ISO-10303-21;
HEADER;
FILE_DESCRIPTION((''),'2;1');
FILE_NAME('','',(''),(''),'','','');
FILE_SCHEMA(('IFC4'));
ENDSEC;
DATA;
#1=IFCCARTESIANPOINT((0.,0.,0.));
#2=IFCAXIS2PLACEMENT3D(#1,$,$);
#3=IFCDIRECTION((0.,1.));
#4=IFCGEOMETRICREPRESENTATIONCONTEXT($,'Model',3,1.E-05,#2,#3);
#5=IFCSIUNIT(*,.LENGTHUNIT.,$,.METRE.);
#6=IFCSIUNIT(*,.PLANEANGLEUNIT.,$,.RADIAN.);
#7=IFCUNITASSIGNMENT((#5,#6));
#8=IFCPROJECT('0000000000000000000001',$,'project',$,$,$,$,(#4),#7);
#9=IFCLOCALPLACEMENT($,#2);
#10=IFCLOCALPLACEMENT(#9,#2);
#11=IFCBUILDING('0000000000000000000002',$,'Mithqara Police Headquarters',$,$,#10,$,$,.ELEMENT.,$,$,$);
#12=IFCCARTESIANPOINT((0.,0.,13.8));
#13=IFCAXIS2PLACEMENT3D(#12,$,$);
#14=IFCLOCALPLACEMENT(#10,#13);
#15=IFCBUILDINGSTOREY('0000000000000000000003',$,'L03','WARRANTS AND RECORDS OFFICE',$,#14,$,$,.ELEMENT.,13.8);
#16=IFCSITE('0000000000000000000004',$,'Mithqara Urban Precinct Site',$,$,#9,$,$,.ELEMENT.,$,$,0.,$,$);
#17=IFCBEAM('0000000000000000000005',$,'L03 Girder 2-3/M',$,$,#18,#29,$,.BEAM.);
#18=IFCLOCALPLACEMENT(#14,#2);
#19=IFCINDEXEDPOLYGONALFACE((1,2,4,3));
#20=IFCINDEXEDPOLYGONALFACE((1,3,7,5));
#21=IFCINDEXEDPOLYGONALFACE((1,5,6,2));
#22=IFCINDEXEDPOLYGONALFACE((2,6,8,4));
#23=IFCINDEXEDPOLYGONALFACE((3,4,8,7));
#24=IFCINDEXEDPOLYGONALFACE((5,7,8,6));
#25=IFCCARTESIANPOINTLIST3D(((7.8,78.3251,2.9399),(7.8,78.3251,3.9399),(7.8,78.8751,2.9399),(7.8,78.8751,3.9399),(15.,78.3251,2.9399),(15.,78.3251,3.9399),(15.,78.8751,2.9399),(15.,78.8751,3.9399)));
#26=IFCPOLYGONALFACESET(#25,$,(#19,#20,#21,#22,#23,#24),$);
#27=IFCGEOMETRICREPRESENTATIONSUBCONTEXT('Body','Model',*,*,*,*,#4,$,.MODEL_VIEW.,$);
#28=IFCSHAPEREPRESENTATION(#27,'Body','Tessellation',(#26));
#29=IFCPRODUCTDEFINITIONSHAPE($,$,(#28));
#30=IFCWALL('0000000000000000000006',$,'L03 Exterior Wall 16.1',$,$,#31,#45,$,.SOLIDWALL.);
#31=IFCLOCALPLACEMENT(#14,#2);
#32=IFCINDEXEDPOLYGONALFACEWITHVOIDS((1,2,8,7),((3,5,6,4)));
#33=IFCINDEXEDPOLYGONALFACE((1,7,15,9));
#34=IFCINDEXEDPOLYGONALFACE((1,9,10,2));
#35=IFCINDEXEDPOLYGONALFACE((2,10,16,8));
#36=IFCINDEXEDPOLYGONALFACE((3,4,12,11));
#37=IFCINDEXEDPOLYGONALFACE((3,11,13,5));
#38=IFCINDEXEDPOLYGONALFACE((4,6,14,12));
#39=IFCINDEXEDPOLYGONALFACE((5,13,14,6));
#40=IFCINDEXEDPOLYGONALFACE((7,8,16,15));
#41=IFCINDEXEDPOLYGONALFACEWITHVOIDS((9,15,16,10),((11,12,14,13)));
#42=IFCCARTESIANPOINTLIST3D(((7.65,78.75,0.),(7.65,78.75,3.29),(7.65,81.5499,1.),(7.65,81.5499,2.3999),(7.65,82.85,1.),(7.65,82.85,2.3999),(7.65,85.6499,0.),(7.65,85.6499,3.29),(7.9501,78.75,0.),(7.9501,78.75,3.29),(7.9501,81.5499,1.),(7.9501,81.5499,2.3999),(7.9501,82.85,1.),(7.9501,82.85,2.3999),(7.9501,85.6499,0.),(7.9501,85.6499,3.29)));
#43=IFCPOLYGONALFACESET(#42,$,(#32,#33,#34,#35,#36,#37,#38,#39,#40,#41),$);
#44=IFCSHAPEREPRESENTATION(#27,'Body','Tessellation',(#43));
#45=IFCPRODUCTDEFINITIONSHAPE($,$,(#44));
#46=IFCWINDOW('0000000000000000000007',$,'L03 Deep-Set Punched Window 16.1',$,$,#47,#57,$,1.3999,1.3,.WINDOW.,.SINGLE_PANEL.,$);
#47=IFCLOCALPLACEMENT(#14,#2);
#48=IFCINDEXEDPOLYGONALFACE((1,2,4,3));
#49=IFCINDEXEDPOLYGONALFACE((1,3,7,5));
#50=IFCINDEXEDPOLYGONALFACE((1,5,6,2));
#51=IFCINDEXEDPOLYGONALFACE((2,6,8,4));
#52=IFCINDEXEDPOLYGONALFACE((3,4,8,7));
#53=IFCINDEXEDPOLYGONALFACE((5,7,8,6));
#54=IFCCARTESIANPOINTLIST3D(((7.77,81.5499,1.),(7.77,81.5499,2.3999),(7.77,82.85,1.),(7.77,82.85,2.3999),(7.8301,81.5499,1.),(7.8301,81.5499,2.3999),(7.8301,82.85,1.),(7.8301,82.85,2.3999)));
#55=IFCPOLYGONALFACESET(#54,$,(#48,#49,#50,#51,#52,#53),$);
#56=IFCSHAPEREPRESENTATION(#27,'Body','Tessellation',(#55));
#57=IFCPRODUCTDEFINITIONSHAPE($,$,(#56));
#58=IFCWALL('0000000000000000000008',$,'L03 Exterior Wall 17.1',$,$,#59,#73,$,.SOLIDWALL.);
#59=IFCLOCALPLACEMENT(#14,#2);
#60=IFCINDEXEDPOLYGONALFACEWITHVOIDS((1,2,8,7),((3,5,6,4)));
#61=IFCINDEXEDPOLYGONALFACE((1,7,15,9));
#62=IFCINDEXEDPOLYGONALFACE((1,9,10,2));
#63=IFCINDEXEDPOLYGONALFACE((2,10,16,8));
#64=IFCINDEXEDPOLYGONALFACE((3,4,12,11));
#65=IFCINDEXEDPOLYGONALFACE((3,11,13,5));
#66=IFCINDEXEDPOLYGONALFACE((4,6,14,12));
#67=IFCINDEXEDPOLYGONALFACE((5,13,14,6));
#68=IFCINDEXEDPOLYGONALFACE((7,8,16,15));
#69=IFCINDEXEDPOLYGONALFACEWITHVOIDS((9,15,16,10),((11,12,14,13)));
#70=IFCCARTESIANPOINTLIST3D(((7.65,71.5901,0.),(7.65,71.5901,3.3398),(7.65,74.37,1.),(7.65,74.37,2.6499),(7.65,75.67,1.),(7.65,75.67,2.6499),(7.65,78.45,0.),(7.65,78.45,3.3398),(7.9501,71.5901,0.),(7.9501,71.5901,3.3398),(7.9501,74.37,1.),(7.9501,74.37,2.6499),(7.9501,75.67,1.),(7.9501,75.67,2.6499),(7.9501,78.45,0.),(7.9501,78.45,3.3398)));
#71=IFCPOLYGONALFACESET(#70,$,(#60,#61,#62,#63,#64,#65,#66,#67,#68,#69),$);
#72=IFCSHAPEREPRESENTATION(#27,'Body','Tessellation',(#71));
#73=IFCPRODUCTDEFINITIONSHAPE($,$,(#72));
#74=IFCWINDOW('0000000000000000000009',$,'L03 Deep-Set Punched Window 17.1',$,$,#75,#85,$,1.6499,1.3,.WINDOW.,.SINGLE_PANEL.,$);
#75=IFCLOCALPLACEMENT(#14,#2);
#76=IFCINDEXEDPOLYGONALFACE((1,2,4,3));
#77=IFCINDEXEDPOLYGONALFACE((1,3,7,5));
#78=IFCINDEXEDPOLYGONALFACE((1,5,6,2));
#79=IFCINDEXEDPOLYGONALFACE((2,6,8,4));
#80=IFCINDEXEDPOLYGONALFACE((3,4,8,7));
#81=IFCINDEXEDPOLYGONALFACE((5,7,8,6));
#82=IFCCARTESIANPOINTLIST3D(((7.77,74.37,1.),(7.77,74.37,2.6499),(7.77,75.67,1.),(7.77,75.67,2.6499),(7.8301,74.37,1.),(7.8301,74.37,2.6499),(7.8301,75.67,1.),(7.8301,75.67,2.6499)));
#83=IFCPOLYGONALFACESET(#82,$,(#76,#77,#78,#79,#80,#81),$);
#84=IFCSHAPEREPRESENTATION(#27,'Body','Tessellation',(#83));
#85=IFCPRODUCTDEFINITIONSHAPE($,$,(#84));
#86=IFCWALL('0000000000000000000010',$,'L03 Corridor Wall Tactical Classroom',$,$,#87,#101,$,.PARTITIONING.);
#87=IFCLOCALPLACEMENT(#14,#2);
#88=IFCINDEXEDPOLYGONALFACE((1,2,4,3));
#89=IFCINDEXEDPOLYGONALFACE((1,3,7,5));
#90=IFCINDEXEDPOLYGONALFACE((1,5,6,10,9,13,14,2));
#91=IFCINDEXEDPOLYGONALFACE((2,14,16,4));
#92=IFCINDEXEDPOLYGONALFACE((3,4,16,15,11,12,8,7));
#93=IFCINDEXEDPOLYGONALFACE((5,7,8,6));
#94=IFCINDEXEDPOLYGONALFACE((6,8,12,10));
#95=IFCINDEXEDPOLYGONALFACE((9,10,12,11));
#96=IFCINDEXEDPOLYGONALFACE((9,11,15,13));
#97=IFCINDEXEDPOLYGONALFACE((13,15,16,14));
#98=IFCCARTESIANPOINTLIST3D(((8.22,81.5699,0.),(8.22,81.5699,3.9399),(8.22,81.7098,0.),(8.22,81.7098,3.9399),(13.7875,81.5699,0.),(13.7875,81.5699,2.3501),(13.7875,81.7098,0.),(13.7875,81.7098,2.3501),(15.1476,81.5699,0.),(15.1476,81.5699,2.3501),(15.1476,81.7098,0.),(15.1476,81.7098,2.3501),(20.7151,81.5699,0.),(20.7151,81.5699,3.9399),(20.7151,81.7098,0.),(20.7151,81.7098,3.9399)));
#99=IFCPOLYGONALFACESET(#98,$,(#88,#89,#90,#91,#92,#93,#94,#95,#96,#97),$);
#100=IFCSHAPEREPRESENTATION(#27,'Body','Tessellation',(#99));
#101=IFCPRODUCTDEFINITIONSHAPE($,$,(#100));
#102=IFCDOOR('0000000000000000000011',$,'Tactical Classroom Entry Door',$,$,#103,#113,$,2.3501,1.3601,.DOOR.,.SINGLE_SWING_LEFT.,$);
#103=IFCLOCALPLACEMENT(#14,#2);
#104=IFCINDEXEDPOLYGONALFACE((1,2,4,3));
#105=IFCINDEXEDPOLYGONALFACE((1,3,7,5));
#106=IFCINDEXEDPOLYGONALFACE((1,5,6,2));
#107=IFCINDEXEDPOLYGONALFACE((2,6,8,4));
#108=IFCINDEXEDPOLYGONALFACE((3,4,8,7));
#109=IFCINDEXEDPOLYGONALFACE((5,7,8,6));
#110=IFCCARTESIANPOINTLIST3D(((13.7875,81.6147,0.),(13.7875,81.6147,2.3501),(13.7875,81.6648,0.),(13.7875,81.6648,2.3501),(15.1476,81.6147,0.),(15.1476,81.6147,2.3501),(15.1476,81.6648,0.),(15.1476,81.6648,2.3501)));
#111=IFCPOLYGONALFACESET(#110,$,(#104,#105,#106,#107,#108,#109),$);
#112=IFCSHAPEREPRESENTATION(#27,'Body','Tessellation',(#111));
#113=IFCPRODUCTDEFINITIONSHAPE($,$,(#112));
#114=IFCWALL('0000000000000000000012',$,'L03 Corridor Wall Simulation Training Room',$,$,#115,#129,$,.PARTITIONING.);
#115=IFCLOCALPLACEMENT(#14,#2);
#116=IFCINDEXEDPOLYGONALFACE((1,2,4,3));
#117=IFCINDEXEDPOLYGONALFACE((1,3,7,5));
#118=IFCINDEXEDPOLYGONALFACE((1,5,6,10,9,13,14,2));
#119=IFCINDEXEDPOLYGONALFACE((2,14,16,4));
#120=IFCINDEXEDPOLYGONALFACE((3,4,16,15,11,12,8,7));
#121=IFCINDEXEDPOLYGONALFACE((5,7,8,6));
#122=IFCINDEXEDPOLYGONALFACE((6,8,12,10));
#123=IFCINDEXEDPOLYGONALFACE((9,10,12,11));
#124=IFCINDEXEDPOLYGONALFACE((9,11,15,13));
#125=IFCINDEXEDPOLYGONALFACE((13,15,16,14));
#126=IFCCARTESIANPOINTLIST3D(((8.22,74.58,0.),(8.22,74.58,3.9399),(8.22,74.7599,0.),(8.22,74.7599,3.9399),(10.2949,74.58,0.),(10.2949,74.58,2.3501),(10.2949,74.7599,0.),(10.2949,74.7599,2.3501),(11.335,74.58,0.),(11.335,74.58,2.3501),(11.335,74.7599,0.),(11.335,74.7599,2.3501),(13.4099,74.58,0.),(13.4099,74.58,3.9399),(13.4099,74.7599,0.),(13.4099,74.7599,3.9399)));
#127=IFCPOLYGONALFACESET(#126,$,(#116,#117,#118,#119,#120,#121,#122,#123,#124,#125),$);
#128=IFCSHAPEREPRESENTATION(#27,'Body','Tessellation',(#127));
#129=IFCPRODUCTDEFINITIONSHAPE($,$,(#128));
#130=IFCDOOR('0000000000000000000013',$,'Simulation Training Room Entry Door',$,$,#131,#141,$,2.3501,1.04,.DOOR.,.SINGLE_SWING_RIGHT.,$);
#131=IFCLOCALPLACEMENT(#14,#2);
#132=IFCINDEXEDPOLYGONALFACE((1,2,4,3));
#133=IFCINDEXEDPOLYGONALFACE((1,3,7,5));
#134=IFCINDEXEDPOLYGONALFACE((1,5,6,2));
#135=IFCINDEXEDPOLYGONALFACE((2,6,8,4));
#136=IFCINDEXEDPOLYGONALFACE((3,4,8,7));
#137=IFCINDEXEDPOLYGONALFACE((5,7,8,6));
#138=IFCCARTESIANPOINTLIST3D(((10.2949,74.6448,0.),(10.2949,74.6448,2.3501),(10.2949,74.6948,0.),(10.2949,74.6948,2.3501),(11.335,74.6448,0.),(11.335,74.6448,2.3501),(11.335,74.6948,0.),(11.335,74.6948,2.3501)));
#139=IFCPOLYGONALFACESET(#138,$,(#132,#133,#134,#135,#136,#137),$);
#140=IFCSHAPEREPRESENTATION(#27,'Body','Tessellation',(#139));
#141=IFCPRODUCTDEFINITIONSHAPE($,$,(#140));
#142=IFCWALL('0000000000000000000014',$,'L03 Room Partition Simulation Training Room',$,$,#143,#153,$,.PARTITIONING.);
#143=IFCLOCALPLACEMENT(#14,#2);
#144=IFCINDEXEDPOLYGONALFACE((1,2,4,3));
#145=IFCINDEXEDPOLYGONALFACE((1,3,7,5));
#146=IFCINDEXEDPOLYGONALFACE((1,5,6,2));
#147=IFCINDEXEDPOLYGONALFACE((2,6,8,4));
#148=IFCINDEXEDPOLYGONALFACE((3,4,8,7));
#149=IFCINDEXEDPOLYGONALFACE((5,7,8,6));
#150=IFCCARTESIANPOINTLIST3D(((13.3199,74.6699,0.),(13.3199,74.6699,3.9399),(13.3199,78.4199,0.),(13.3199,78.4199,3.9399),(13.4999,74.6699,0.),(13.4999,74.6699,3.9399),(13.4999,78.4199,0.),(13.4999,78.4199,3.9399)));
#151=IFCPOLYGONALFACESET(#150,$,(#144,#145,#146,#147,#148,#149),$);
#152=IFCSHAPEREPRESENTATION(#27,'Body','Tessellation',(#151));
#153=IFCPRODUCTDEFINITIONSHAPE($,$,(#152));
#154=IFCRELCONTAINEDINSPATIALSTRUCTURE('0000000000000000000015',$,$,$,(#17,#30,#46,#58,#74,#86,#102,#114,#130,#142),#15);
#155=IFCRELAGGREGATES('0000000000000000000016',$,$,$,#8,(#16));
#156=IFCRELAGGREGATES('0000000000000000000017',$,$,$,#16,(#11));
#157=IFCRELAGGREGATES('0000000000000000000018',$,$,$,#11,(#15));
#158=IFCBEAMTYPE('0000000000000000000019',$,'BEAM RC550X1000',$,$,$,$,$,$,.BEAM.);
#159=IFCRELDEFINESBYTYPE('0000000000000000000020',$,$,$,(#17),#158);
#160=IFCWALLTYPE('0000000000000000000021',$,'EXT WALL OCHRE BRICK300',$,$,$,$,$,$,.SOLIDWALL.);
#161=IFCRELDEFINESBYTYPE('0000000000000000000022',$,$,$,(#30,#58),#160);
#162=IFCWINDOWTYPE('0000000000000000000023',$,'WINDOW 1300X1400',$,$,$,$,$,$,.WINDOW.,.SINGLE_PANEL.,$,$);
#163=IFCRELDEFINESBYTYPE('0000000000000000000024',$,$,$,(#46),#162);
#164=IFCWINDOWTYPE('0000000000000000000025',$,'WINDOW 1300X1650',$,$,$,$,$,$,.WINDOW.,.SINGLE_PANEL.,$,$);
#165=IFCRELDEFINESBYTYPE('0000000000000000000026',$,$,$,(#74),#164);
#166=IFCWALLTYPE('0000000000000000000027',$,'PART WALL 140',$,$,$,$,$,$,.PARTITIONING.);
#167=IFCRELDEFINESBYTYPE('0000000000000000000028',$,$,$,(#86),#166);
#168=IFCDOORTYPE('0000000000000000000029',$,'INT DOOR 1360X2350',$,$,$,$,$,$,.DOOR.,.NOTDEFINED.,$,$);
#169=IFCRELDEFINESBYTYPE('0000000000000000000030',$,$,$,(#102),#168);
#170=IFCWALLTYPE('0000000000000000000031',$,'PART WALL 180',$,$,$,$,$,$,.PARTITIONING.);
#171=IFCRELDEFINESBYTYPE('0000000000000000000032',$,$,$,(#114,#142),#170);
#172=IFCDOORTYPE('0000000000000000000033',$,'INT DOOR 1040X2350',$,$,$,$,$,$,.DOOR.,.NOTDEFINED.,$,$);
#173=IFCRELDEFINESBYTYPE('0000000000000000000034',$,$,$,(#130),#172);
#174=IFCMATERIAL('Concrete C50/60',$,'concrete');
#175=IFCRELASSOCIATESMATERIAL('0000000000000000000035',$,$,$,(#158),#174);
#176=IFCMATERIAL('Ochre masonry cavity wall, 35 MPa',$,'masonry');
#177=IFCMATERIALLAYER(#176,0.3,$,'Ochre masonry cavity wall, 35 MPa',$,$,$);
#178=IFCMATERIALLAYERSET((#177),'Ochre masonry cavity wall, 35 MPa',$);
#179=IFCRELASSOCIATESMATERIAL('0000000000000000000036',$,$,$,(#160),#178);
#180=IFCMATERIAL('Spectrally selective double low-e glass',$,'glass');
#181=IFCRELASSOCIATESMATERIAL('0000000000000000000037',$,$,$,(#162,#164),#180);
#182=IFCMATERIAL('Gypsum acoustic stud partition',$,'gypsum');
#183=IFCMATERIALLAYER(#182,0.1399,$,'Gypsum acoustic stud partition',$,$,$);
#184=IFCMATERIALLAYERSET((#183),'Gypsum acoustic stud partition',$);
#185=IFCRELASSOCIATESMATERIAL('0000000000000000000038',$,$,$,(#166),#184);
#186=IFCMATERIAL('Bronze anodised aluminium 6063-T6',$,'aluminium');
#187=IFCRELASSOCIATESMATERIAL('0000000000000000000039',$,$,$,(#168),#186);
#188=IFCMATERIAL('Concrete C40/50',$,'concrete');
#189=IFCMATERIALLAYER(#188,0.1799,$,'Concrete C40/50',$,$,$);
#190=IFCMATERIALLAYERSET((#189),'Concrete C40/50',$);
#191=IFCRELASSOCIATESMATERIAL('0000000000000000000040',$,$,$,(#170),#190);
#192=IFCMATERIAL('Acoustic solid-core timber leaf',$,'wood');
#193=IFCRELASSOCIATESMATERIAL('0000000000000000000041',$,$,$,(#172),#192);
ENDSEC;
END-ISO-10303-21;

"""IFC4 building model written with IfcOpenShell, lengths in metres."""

from ifc_helpers import new_model, si_unit, direction, frame, frame_2d, origin, origin_2d, place, context, subcontext, project, spatial, rectangle, extrude, material, layer, layer_set, material_profile, profile_set, type_object, element, fill, save


model = new_model("IFC4")

# Units and contexts
model_context = context("Model", 3, precision=1e-05, world=origin(), true_north=direction((0.0, 1.0)))
body_context = subcontext(model_context, "Body", "Model", "MODEL_VIEW")
ifc_project = project(units=[si_unit("LENGTHUNIT", "METRE"), si_unit("PLANEANGLEUNIT", "RADIAN")], contexts=[model_context])

# Site, building, storey
site_placement = place(None, origin())
site = spatial("IfcSite", under=ifc_project, at=site_placement, Name="Mithqara Urban Precinct Site", CompositionType="ELEMENT", RefElevation=0.0)
building_placement = place(site_placement, origin())
building = spatial("IfcBuilding", under=site, at=building_placement, Name="Mithqara Police Headquarters", CompositionType="ELEMENT")
storey_placement = place(building_placement, frame((0.0, 0.0, 13.8)))
storey = spatial("IfcBuildingStorey", under=building, at=storey_placement, Name="L03", Description="WARRANTS AND RECORDS OFFICE", CompositionType="ELEMENT", Elevation=13.8)

# Shared definitions
ifc_material_1 = material(Name="Concrete C50/60", Category="concrete")

# Beam
ifc_material_2 = material(Name="Concrete C40/50", Category="concrete")
ifc_material_profile_1 = material_profile(ifc_material_1, rectangle(XDim=0.55, YDim=1.0, at=origin_2d()), Name="RC 550x1000")
ifc_profile_set_1 = profile_set([ifc_material_profile_1], Name="Concrete C50/60")
beam_type_1 = type_object("IfcBeamType", Name="BEAM RC550X1000", PredefinedType="BEAM", material=ifc_profile_set_1)
beam_1_placement = place(storey_placement, frame((7.8, 78.6001, 3.4399), z_axis=(1.0, 0.0, 0.0), x_axis=(0.0, 1.0, 0.0)))
element("IfcBeam", 1, at=beam_1_placement, inside=storey, type_object=beam_type_1, Name="L03 Girder 2-3/M", PredefinedType="BEAM", context=body_context, shape_type="SweptSolid", body=[
    extrude(rectangle(XDim=0.55, YDim=1.0, at=origin_2d()), origin(), (0.0, 0.0, 1.0), 7.2),
])

# Walls, openings, windows
ifc_material_3 = material(Name="Ochre masonry cavity wall, 35 MPa", Category="masonry")
ifc_layer_1 = layer(ifc_material_3, 0.3, Name="Ochre masonry cavity wall, 35 MPa")
ifc_layer_set_1 = layer_set([ifc_layer_1], Name="Ochre masonry cavity wall, 35 MPa")
wall_type_1 = type_object("IfcWallType", Name="EXT WALL OCHRE BRICK300", PredefinedType="SOLIDWALL", material=ifc_layer_set_1)
wall_1_placement = place(storey_placement, frame((7.8, 85.6499, 0.0), z_axis=(0.0, 0.0, 1.0), x_axis=(0.0, -1.0, 0.0)))
wall_1 = element("IfcWall", 2, at=wall_1_placement, inside=storey, type_object=wall_type_1, Name="L03 Exterior Wall 16.1", PredefinedType="SOLIDWALL", context=body_context, shape_type="SweptSolid", body=[
    extrude(rectangle(XDim=6.8999, YDim=0.3, at=frame_2d((3.45, 0.0))), origin(), (0.0, 0.0, 1.0), 3.29),
])
opening_1_placement = place(wall_1_placement, frame((2.8, 0.0, 1.0)))
opening_1 = element("IfcOpeningElement", 3, at=opening_1_placement, cuts=wall_1, PredefinedType="OPENING", context=body_context, shape_type="SweptSolid", body=[
    extrude(rectangle(XDim=1.3, YDim=1.3999, at=frame_2d((0.6499, 0.7))), frame((0.0, 0.1602, 0.0), z_axis=(0.0, -1.0, 0.0), x_axis=(1.0, 0.0, 0.0)), (0.0, 0.0, 1.0), 0.3201),
])
ifc_material_4 = material(Name="Spectrally selective double low-e glass", Category="glass")
window_type_1 = type_object("IfcWindowType", Name="WINDOW 1300X1400", PartitioningType="SINGLE_PANEL", PredefinedType="WINDOW", material=ifc_material_4)
window_1_placement = place(opening_1_placement, origin())
window_1 = element("IfcWindow", 4, at=window_1_placement, inside=storey, type_object=window_type_1, Name="L03 Deep-Set Punched Window 16.1", OverallHeight=1.3999, OverallWidth=1.3, PartitioningType="SINGLE_PANEL", PredefinedType="WINDOW", context=body_context, shape_type="SweptSolid", body=[
    extrude(rectangle(XDim=1.3, YDim=1.3999, at=frame_2d((0.6499, 0.7))), frame((0.0, 0.03, 0.0), z_axis=(0.0, -1.0, 0.0), x_axis=(1.0, 0.0, 0.0)), (0.0, 0.0, 1.0), 0.0601),
])
fill(opening_1, window_1)
wall_2_placement = place(storey_placement, frame((7.8, 78.45, 0.0), z_axis=(0.0, 0.0, 1.0), x_axis=(0.0, -1.0, 0.0)))
wall_2 = element("IfcWall", 5, at=wall_2_placement, inside=storey, type_object=wall_type_1, Name="L03 Exterior Wall 17.1", PredefinedType="SOLIDWALL", context=body_context, shape_type="SweptSolid", body=[
    extrude(rectangle(XDim=6.8599, YDim=0.3, at=frame_2d((3.4299, 0.0))), origin(), (0.0, 0.0, 1.0), 3.3398),
])
opening_2_placement = place(wall_2_placement, frame((2.78, 0.0, 1.0)))
opening_2 = element("IfcOpeningElement", 6, at=opening_2_placement, cuts=wall_2, PredefinedType="OPENING", context=body_context, shape_type="SweptSolid", body=[
    extrude(rectangle(XDim=1.3, YDim=1.6499, at=frame_2d((0.6499, 0.825))), frame((0.0, 0.1602, 0.0), z_axis=(0.0, -1.0, 0.0), x_axis=(1.0, 0.0, 0.0)), (0.0, 0.0, 1.0), 0.3201),
])
window_type_2 = type_object("IfcWindowType", Name="WINDOW 1300X1650", PartitioningType="SINGLE_PANEL", PredefinedType="WINDOW", material=ifc_material_4)
window_2_placement = place(opening_2_placement, origin())
window_2 = element("IfcWindow", 7, at=window_2_placement, inside=storey, type_object=window_type_2, Name="L03 Deep-Set Punched Window 17.1", OverallHeight=1.6499, OverallWidth=1.3, PartitioningType="SINGLE_PANEL", PredefinedType="WINDOW", context=body_context, shape_type="SweptSolid", body=[
    extrude(rectangle(XDim=1.3, YDim=1.6499, at=frame_2d((0.6499, 0.825))), frame((0.0, 0.03, 0.0), z_axis=(0.0, -1.0, 0.0), x_axis=(1.0, 0.0, 0.0)), (0.0, 0.0, 1.0), 0.0601),
])
fill(opening_2, window_2)

# Walls, openings, doors
ifc_material_5 = material(Name="Gypsum acoustic stud partition", Category="gypsum")
ifc_layer_2 = layer(ifc_material_5, 0.1399, Name="Gypsum acoustic stud partition")
ifc_layer_set_2 = layer_set([ifc_layer_2], Name="Gypsum acoustic stud partition")
wall_type_2 = type_object("IfcWallType", Name="PART WALL 140", PredefinedType="PARTITIONING", material=ifc_layer_set_2)
wall_3_placement = place(storey_placement, frame((8.22, 81.6399, 0.0), z_axis=(0.0, 0.0, 1.0), x_axis=(1.0, 0.0, 0.0)))
wall_3 = element("IfcWall", 8, at=wall_3_placement, inside=storey, type_object=wall_type_2, Name="L03 Corridor Wall Tactical Classroom", PredefinedType="PARTITIONING", context=body_context, shape_type="SweptSolid", body=[
    extrude(rectangle(XDim=12.4951, YDim=0.1399, at=frame_2d((6.2476, 0.0))), origin(), (0.0, 0.0, 1.0), 3.9399),
])
opening_3_placement = place(wall_3_placement, frame((5.5674, 0.0, 0.0)))
opening_3 = element("IfcOpeningElement", 9, at=opening_3_placement, cuts=wall_3, PredefinedType="OPENING", context=body_context, shape_type="SweptSolid", body=[
    extrude(rectangle(XDim=1.3601, YDim=2.3501, at=frame_2d((0.6802, 1.175))), frame((0.0, 0.0801, 0.0), z_axis=(0.0, -1.0, 0.0), x_axis=(1.0, 0.0, 0.0)), (0.0, 0.0, 1.0), 0.1599),
])
ifc_material_6 = material(Name="Bronze anodised aluminium 6063-T6", Category="aluminium")
door_type_1 = type_object("IfcDoorType", Name="INT DOOR 1360X2350", OperationType="NOTDEFINED", PredefinedType="DOOR", material=ifc_material_6)
door_1_placement = place(opening_3_placement, origin())
door_1 = element("IfcDoor", 10, at=door_1_placement, inside=storey, type_object=door_type_1, Name="Tactical Classroom Entry Door", OperationType="SINGLE_SWING_LEFT", OverallHeight=2.3501, OverallWidth=1.3601, PredefinedType="DOOR", context=body_context, shape_type="SweptSolid", body=[
    extrude(rectangle(XDim=1.3601, YDim=2.3501, at=frame_2d((0.6802, 1.175))), frame((0.0, 0.0249, 0.0), z_axis=(0.0, -1.0, 0.0), x_axis=(1.0, 0.0, 0.0)), (0.0, 0.0, 1.0), 0.05),
])
fill(opening_3, door_1)
ifc_layer_3 = layer(ifc_material_2, 0.1799, Name="Concrete C40/50")
ifc_layer_set_3 = layer_set([ifc_layer_3], Name="Concrete C40/50")
wall_type_3 = type_object("IfcWallType", Name="PART WALL 180", PredefinedType="PARTITIONING", material=ifc_layer_set_3)
wall_4_placement = place(storey_placement, frame((8.22, 74.6699, 0.0), z_axis=(0.0, 0.0, 1.0), x_axis=(1.0, 0.0, 0.0)))
wall_4 = element("IfcWall", 11, at=wall_4_placement, inside=storey, type_object=wall_type_3, Name="L03 Corridor Wall Simulation Training Room", PredefinedType="PARTITIONING", context=body_context, shape_type="SweptSolid", body=[
    extrude(rectangle(XDim=5.1899, YDim=0.1799, at=frame_2d((2.595, 0.0))), origin(), (0.0, 0.0, 1.0), 3.9399),
])
opening_4_placement = place(wall_4_placement, frame((2.075, 0.0, 0.0)))
opening_4 = element("IfcOpeningElement", 12, at=opening_4_placement, cuts=wall_4, PredefinedType="OPENING", context=body_context, shape_type="SweptSolid", body=[
    extrude(rectangle(XDim=1.04, YDim=2.3501, at=frame_2d((0.52, 1.175))), frame((0.0, 0.1001, 0.0), z_axis=(0.0, -1.0, 0.0), x_axis=(1.0, 0.0, 0.0)), (0.0, 0.0, 1.0), 0.2),
])
ifc_material_7 = material(Name="Acoustic solid-core timber leaf", Category="wood")
door_type_2 = type_object("IfcDoorType", Name="INT DOOR 1040X2350", OperationType="NOTDEFINED", PredefinedType="DOOR", material=ifc_material_7)
door_2_placement = place(opening_4_placement, origin())
door_2 = element("IfcDoor", 13, at=door_2_placement, inside=storey, type_object=door_type_2, Name="Simulation Training Room Entry Door", OperationType="SINGLE_SWING_RIGHT", OverallHeight=2.3501, OverallWidth=1.04, PredefinedType="DOOR", context=body_context, shape_type="SweptSolid", body=[
    extrude(rectangle(XDim=1.04, YDim=2.3501, at=frame_2d((0.52, 1.175))), frame((0.0, 0.0249, 0.0), z_axis=(0.0, -1.0, 0.0), x_axis=(1.0, 0.0, 0.0)), (0.0, 0.0, 1.0), 0.05),
])
fill(opening_4, door_2)

# Wall
wall_5_placement = place(storey_placement, frame((13.4099, 74.6699, 0.0), z_axis=(0.0, 0.0, 1.0), x_axis=(0.0, 1.0, 0.0)))
element("IfcWall", 14, at=wall_5_placement, inside=storey, type_object=wall_type_3, Name="L03 Room Partition Simulation Training Room", PredefinedType="PARTITIONING", context=body_context, shape_type="SweptSolid", body=[
    extrude(rectangle(XDim=3.75, YDim=0.1799, at=frame_2d((1.875, 0.0))), origin(), (0.0, 0.0, 1.0), 3.9399),
])

save(model, "model.ifc")
